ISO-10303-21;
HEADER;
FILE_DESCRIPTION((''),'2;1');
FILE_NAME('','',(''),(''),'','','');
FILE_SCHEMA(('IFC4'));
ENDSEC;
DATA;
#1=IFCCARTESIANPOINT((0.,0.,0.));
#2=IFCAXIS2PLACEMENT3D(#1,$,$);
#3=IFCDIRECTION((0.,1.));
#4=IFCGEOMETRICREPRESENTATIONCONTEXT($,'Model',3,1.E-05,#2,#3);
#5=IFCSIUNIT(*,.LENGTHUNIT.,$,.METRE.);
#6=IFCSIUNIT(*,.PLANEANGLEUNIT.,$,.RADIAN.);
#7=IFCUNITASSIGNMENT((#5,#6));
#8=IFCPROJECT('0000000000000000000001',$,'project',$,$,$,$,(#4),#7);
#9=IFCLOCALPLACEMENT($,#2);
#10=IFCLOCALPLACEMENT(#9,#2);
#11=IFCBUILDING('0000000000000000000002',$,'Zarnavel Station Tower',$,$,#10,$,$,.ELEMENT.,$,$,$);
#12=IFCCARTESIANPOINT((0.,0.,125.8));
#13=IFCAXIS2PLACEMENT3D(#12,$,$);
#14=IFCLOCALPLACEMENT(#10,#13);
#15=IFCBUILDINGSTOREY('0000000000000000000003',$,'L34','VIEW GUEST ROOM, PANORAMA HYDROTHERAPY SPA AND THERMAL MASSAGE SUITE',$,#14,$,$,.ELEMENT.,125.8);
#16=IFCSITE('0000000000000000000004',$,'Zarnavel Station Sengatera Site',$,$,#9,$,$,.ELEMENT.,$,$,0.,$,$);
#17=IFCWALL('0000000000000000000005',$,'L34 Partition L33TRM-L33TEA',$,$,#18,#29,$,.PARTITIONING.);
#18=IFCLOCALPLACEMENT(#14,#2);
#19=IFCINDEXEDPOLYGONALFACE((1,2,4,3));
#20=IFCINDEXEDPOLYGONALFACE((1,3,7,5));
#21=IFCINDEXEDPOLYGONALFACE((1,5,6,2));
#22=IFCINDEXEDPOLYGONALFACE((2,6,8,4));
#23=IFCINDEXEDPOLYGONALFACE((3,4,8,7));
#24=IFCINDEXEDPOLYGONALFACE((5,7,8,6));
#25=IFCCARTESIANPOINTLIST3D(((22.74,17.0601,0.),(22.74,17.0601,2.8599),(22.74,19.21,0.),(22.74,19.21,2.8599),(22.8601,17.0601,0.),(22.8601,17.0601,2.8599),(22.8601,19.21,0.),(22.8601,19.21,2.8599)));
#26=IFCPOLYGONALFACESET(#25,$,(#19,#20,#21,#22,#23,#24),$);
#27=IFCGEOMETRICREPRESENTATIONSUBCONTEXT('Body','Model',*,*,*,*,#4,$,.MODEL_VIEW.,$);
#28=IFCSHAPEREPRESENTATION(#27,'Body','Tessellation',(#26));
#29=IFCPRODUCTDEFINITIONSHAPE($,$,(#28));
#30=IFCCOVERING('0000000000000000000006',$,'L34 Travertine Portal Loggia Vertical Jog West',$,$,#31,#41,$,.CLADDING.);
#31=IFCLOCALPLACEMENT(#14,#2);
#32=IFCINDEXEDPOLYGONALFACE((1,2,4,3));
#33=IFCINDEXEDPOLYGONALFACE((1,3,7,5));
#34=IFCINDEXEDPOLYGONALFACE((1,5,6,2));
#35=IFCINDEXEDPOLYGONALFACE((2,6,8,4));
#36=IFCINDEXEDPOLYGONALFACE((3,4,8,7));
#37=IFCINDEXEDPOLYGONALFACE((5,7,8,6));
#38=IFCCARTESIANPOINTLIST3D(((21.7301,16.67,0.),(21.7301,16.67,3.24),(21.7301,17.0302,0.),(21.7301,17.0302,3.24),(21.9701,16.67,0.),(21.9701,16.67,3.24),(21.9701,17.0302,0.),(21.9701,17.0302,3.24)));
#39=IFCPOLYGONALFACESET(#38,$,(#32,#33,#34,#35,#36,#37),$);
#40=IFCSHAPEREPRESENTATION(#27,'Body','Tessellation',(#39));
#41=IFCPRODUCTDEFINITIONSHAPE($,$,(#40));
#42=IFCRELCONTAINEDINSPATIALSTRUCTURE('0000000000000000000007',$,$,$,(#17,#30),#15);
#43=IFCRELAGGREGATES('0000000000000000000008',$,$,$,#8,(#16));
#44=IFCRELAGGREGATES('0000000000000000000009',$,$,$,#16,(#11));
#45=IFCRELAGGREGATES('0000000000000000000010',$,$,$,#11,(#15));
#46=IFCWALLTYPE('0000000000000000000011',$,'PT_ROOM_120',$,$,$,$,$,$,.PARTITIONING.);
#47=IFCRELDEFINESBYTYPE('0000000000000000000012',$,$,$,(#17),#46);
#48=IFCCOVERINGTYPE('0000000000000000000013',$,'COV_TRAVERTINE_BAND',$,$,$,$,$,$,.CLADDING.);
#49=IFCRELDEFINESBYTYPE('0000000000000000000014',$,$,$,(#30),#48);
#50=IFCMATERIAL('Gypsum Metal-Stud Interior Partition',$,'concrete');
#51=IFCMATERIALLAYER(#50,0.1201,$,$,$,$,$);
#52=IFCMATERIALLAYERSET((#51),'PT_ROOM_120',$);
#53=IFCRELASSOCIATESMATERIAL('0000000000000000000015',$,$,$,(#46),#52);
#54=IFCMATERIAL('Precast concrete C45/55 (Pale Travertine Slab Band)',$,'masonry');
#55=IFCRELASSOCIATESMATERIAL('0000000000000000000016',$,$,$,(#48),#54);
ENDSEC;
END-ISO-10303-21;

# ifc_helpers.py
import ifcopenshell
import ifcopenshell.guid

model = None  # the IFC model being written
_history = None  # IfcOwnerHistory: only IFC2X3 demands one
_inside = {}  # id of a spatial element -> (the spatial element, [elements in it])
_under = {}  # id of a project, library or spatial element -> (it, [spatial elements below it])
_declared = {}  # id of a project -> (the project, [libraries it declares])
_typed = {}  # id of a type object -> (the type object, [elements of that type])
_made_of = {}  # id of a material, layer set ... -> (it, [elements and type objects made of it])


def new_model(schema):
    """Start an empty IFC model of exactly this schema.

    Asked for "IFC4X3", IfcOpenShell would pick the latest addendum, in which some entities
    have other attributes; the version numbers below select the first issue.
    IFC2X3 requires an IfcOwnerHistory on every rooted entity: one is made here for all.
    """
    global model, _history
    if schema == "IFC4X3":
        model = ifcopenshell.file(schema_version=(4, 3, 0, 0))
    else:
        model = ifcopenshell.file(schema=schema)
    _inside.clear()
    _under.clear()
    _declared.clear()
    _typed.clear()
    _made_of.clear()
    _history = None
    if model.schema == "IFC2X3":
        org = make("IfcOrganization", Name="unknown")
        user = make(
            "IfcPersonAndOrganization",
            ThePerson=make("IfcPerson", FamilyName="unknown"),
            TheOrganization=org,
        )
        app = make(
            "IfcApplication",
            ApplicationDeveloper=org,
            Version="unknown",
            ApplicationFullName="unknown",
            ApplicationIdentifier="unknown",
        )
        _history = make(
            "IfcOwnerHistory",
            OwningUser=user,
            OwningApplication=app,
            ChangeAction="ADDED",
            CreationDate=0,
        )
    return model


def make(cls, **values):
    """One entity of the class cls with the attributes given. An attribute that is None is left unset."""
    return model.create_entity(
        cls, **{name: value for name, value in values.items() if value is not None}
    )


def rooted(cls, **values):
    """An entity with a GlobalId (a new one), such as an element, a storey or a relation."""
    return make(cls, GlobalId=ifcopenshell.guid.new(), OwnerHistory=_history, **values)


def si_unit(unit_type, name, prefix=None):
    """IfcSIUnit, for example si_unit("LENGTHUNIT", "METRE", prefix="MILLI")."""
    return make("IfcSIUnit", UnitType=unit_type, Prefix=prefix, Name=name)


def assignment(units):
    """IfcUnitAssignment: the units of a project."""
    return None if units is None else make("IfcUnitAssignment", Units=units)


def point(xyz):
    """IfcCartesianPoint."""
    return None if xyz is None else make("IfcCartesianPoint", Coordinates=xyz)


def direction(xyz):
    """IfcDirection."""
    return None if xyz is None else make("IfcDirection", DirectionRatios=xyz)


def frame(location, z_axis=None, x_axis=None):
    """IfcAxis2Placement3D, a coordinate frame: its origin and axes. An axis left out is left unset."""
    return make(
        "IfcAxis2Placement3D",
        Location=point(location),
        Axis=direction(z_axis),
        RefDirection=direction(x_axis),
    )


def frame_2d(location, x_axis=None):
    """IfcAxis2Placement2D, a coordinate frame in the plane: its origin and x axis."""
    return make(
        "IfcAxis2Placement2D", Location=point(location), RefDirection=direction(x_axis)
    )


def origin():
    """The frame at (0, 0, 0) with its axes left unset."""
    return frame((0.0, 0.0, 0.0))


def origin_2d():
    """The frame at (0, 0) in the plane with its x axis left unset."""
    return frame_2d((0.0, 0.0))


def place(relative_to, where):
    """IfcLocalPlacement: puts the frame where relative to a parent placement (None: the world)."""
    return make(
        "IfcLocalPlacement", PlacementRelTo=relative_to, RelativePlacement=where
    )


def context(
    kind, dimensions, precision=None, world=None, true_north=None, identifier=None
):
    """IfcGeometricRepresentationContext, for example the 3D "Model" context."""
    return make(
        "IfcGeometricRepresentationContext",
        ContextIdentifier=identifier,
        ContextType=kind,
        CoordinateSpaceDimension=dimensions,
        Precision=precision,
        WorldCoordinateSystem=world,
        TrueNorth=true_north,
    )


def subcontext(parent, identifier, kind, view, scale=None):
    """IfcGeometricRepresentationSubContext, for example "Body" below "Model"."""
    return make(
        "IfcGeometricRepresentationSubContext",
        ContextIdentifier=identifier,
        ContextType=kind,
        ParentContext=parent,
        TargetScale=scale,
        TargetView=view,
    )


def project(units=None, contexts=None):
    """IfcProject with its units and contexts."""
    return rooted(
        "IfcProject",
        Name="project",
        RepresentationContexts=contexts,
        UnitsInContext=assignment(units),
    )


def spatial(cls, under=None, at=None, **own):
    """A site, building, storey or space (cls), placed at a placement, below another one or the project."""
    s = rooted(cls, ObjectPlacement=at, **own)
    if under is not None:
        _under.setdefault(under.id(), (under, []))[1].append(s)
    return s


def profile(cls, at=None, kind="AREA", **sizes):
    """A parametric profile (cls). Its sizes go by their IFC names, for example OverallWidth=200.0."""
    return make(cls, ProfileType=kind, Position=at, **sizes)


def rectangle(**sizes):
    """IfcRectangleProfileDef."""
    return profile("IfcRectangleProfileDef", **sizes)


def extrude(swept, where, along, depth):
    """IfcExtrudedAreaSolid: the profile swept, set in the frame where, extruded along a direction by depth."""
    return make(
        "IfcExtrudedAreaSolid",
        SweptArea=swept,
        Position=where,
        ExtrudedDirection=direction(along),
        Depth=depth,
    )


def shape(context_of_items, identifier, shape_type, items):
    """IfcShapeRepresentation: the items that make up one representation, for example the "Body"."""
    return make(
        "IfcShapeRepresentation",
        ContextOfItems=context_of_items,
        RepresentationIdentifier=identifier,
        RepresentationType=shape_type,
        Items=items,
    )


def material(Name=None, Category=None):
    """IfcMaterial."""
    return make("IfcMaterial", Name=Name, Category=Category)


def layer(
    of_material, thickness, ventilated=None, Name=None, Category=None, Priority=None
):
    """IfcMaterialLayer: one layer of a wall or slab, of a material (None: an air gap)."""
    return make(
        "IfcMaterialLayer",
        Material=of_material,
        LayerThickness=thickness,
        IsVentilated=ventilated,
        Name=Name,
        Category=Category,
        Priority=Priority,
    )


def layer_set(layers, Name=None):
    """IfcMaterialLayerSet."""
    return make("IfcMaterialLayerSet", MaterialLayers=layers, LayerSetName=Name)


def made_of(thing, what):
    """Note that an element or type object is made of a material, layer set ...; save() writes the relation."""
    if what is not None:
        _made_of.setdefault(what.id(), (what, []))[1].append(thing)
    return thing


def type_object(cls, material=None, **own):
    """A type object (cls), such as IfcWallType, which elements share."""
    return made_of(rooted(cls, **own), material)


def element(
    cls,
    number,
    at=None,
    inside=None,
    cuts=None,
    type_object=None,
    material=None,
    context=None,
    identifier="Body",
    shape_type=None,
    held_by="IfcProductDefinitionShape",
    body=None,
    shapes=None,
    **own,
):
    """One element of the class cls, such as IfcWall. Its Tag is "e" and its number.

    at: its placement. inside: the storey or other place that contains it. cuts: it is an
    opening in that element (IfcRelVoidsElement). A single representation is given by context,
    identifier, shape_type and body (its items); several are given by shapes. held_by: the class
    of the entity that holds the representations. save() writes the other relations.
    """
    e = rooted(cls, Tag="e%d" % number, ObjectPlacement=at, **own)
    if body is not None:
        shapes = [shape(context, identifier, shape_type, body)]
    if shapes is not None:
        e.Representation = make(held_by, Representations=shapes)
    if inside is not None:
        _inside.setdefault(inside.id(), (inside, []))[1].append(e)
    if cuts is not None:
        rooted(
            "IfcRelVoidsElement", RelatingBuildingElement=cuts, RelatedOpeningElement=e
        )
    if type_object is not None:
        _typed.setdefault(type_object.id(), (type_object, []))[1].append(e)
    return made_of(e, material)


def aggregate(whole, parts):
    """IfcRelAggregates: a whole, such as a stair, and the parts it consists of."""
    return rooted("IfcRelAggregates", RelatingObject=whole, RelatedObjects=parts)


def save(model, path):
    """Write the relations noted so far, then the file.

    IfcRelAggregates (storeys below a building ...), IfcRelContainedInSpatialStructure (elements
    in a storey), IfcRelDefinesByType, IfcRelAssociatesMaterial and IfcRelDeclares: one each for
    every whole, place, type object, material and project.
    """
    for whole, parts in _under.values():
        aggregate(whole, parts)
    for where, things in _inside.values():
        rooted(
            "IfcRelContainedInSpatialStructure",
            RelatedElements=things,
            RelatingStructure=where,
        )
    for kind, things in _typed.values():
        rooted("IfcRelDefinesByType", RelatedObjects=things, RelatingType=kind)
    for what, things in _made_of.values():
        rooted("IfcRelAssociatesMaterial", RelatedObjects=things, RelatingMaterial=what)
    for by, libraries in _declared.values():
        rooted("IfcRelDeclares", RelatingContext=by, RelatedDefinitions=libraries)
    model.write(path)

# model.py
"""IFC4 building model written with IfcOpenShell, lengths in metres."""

from ifc_helpers import new_model, si_unit, direction, frame, frame_2d, origin, origin_2d, place, context, subcontext, project, spatial, rectangle, extrude, material, layer, layer_set, type_object, element, save


model = new_model("IFC4")

# Units and contexts
model_context = context("Model", 3, precision=1e-05, world=origin(), true_north=direction((0.0, 1.0)))
body_context = subcontext(model_context, "Body", "Model", "MODEL_VIEW")
ifc_project = project(units=[si_unit("LENGTHUNIT", "METRE"), si_unit("PLANEANGLEUNIT", "RADIAN")], contexts=[model_context])

# Site, building, storey
site_placement = place(None, origin())
site = spatial("IfcSite", under=ifc_project, at=site_placement, Name="Zarnavel Station Sengatera Site", CompositionType="ELEMENT", RefElevation=0.0)
building_placement = place(site_placement, origin())
building = spatial("IfcBuilding", under=site, at=building_placement, Name="Zarnavel Station Tower", CompositionType="ELEMENT")
storey_placement = place(building_placement, frame((0.0, 0.0, 125.8)))
storey = spatial("IfcBuildingStorey", under=building, at=storey_placement, Name="L34", Description="VIEW GUEST ROOM, PANORAMA HYDROTHERAPY SPA AND THERMAL MASSAGE SUITE", CompositionType="ELEMENT", Elevation=125.8)

# Shared definitions
ifc_material_1 = material(Name="Gypsum Metal-Stud Interior Partition", Category="concrete")
ifc_layer_1 = layer(ifc_material_1, 0.1201)
ifc_layer_set_1 = layer_set([ifc_layer_1], Name="PT_ROOM_120")
wall_type = type_object("IfcWallType", Name="PT_ROOM_120", PredefinedType="PARTITIONING", material=ifc_layer_set_1)

# Wall
wall_1_placement = place(storey_placement, frame((22.8, 17.0601, 0.0), z_axis=(0.0, 0.0, 1.0), x_axis=(0.0, 1.0, 0.0)))
element("IfcWall", 1, at=wall_1_placement, inside=storey, type_object=wall_type, Name="L34 Partition L33TRM-L33TEA", PredefinedType="PARTITIONING", context=body_context, shape_type="SweptSolid", body=[
    extrude(rectangle(XDim=2.1499, YDim=0.1201, at=frame_2d((1.075, 0.0))), origin(), (0.0, 0.0, 1.0), 2.8599),
])

# Covering
ifc_material_2 = material(Name="Precast concrete C45/55 (Pale Travertine Slab Band)", Category="masonry")
covering_type = type_object("IfcCoveringType", Name="COV_TRAVERTINE_BAND", PredefinedType="CLADDING", material=ifc_material_2)
covering_placement = place(storey_placement, frame((21.8501, 16.8501, 0.0), z_axis=(0.0, 0.0, 1.0), x_axis=(1.0, 0.0, 0.0)))
element("IfcCovering", 2, at=covering_placement, inside=storey, type_object=covering_type, Name="L34 Travertine Portal Loggia Vertical Jog West", PredefinedType="CLADDING", context=body_context, shape_type="SweptSolid", body=[
    extrude(rectangle(XDim=0.24, YDim=0.3601, at=origin_2d()), origin(), (0.0, 0.0, 1.0), 3.24),
])

save(model, "model.ifc")
